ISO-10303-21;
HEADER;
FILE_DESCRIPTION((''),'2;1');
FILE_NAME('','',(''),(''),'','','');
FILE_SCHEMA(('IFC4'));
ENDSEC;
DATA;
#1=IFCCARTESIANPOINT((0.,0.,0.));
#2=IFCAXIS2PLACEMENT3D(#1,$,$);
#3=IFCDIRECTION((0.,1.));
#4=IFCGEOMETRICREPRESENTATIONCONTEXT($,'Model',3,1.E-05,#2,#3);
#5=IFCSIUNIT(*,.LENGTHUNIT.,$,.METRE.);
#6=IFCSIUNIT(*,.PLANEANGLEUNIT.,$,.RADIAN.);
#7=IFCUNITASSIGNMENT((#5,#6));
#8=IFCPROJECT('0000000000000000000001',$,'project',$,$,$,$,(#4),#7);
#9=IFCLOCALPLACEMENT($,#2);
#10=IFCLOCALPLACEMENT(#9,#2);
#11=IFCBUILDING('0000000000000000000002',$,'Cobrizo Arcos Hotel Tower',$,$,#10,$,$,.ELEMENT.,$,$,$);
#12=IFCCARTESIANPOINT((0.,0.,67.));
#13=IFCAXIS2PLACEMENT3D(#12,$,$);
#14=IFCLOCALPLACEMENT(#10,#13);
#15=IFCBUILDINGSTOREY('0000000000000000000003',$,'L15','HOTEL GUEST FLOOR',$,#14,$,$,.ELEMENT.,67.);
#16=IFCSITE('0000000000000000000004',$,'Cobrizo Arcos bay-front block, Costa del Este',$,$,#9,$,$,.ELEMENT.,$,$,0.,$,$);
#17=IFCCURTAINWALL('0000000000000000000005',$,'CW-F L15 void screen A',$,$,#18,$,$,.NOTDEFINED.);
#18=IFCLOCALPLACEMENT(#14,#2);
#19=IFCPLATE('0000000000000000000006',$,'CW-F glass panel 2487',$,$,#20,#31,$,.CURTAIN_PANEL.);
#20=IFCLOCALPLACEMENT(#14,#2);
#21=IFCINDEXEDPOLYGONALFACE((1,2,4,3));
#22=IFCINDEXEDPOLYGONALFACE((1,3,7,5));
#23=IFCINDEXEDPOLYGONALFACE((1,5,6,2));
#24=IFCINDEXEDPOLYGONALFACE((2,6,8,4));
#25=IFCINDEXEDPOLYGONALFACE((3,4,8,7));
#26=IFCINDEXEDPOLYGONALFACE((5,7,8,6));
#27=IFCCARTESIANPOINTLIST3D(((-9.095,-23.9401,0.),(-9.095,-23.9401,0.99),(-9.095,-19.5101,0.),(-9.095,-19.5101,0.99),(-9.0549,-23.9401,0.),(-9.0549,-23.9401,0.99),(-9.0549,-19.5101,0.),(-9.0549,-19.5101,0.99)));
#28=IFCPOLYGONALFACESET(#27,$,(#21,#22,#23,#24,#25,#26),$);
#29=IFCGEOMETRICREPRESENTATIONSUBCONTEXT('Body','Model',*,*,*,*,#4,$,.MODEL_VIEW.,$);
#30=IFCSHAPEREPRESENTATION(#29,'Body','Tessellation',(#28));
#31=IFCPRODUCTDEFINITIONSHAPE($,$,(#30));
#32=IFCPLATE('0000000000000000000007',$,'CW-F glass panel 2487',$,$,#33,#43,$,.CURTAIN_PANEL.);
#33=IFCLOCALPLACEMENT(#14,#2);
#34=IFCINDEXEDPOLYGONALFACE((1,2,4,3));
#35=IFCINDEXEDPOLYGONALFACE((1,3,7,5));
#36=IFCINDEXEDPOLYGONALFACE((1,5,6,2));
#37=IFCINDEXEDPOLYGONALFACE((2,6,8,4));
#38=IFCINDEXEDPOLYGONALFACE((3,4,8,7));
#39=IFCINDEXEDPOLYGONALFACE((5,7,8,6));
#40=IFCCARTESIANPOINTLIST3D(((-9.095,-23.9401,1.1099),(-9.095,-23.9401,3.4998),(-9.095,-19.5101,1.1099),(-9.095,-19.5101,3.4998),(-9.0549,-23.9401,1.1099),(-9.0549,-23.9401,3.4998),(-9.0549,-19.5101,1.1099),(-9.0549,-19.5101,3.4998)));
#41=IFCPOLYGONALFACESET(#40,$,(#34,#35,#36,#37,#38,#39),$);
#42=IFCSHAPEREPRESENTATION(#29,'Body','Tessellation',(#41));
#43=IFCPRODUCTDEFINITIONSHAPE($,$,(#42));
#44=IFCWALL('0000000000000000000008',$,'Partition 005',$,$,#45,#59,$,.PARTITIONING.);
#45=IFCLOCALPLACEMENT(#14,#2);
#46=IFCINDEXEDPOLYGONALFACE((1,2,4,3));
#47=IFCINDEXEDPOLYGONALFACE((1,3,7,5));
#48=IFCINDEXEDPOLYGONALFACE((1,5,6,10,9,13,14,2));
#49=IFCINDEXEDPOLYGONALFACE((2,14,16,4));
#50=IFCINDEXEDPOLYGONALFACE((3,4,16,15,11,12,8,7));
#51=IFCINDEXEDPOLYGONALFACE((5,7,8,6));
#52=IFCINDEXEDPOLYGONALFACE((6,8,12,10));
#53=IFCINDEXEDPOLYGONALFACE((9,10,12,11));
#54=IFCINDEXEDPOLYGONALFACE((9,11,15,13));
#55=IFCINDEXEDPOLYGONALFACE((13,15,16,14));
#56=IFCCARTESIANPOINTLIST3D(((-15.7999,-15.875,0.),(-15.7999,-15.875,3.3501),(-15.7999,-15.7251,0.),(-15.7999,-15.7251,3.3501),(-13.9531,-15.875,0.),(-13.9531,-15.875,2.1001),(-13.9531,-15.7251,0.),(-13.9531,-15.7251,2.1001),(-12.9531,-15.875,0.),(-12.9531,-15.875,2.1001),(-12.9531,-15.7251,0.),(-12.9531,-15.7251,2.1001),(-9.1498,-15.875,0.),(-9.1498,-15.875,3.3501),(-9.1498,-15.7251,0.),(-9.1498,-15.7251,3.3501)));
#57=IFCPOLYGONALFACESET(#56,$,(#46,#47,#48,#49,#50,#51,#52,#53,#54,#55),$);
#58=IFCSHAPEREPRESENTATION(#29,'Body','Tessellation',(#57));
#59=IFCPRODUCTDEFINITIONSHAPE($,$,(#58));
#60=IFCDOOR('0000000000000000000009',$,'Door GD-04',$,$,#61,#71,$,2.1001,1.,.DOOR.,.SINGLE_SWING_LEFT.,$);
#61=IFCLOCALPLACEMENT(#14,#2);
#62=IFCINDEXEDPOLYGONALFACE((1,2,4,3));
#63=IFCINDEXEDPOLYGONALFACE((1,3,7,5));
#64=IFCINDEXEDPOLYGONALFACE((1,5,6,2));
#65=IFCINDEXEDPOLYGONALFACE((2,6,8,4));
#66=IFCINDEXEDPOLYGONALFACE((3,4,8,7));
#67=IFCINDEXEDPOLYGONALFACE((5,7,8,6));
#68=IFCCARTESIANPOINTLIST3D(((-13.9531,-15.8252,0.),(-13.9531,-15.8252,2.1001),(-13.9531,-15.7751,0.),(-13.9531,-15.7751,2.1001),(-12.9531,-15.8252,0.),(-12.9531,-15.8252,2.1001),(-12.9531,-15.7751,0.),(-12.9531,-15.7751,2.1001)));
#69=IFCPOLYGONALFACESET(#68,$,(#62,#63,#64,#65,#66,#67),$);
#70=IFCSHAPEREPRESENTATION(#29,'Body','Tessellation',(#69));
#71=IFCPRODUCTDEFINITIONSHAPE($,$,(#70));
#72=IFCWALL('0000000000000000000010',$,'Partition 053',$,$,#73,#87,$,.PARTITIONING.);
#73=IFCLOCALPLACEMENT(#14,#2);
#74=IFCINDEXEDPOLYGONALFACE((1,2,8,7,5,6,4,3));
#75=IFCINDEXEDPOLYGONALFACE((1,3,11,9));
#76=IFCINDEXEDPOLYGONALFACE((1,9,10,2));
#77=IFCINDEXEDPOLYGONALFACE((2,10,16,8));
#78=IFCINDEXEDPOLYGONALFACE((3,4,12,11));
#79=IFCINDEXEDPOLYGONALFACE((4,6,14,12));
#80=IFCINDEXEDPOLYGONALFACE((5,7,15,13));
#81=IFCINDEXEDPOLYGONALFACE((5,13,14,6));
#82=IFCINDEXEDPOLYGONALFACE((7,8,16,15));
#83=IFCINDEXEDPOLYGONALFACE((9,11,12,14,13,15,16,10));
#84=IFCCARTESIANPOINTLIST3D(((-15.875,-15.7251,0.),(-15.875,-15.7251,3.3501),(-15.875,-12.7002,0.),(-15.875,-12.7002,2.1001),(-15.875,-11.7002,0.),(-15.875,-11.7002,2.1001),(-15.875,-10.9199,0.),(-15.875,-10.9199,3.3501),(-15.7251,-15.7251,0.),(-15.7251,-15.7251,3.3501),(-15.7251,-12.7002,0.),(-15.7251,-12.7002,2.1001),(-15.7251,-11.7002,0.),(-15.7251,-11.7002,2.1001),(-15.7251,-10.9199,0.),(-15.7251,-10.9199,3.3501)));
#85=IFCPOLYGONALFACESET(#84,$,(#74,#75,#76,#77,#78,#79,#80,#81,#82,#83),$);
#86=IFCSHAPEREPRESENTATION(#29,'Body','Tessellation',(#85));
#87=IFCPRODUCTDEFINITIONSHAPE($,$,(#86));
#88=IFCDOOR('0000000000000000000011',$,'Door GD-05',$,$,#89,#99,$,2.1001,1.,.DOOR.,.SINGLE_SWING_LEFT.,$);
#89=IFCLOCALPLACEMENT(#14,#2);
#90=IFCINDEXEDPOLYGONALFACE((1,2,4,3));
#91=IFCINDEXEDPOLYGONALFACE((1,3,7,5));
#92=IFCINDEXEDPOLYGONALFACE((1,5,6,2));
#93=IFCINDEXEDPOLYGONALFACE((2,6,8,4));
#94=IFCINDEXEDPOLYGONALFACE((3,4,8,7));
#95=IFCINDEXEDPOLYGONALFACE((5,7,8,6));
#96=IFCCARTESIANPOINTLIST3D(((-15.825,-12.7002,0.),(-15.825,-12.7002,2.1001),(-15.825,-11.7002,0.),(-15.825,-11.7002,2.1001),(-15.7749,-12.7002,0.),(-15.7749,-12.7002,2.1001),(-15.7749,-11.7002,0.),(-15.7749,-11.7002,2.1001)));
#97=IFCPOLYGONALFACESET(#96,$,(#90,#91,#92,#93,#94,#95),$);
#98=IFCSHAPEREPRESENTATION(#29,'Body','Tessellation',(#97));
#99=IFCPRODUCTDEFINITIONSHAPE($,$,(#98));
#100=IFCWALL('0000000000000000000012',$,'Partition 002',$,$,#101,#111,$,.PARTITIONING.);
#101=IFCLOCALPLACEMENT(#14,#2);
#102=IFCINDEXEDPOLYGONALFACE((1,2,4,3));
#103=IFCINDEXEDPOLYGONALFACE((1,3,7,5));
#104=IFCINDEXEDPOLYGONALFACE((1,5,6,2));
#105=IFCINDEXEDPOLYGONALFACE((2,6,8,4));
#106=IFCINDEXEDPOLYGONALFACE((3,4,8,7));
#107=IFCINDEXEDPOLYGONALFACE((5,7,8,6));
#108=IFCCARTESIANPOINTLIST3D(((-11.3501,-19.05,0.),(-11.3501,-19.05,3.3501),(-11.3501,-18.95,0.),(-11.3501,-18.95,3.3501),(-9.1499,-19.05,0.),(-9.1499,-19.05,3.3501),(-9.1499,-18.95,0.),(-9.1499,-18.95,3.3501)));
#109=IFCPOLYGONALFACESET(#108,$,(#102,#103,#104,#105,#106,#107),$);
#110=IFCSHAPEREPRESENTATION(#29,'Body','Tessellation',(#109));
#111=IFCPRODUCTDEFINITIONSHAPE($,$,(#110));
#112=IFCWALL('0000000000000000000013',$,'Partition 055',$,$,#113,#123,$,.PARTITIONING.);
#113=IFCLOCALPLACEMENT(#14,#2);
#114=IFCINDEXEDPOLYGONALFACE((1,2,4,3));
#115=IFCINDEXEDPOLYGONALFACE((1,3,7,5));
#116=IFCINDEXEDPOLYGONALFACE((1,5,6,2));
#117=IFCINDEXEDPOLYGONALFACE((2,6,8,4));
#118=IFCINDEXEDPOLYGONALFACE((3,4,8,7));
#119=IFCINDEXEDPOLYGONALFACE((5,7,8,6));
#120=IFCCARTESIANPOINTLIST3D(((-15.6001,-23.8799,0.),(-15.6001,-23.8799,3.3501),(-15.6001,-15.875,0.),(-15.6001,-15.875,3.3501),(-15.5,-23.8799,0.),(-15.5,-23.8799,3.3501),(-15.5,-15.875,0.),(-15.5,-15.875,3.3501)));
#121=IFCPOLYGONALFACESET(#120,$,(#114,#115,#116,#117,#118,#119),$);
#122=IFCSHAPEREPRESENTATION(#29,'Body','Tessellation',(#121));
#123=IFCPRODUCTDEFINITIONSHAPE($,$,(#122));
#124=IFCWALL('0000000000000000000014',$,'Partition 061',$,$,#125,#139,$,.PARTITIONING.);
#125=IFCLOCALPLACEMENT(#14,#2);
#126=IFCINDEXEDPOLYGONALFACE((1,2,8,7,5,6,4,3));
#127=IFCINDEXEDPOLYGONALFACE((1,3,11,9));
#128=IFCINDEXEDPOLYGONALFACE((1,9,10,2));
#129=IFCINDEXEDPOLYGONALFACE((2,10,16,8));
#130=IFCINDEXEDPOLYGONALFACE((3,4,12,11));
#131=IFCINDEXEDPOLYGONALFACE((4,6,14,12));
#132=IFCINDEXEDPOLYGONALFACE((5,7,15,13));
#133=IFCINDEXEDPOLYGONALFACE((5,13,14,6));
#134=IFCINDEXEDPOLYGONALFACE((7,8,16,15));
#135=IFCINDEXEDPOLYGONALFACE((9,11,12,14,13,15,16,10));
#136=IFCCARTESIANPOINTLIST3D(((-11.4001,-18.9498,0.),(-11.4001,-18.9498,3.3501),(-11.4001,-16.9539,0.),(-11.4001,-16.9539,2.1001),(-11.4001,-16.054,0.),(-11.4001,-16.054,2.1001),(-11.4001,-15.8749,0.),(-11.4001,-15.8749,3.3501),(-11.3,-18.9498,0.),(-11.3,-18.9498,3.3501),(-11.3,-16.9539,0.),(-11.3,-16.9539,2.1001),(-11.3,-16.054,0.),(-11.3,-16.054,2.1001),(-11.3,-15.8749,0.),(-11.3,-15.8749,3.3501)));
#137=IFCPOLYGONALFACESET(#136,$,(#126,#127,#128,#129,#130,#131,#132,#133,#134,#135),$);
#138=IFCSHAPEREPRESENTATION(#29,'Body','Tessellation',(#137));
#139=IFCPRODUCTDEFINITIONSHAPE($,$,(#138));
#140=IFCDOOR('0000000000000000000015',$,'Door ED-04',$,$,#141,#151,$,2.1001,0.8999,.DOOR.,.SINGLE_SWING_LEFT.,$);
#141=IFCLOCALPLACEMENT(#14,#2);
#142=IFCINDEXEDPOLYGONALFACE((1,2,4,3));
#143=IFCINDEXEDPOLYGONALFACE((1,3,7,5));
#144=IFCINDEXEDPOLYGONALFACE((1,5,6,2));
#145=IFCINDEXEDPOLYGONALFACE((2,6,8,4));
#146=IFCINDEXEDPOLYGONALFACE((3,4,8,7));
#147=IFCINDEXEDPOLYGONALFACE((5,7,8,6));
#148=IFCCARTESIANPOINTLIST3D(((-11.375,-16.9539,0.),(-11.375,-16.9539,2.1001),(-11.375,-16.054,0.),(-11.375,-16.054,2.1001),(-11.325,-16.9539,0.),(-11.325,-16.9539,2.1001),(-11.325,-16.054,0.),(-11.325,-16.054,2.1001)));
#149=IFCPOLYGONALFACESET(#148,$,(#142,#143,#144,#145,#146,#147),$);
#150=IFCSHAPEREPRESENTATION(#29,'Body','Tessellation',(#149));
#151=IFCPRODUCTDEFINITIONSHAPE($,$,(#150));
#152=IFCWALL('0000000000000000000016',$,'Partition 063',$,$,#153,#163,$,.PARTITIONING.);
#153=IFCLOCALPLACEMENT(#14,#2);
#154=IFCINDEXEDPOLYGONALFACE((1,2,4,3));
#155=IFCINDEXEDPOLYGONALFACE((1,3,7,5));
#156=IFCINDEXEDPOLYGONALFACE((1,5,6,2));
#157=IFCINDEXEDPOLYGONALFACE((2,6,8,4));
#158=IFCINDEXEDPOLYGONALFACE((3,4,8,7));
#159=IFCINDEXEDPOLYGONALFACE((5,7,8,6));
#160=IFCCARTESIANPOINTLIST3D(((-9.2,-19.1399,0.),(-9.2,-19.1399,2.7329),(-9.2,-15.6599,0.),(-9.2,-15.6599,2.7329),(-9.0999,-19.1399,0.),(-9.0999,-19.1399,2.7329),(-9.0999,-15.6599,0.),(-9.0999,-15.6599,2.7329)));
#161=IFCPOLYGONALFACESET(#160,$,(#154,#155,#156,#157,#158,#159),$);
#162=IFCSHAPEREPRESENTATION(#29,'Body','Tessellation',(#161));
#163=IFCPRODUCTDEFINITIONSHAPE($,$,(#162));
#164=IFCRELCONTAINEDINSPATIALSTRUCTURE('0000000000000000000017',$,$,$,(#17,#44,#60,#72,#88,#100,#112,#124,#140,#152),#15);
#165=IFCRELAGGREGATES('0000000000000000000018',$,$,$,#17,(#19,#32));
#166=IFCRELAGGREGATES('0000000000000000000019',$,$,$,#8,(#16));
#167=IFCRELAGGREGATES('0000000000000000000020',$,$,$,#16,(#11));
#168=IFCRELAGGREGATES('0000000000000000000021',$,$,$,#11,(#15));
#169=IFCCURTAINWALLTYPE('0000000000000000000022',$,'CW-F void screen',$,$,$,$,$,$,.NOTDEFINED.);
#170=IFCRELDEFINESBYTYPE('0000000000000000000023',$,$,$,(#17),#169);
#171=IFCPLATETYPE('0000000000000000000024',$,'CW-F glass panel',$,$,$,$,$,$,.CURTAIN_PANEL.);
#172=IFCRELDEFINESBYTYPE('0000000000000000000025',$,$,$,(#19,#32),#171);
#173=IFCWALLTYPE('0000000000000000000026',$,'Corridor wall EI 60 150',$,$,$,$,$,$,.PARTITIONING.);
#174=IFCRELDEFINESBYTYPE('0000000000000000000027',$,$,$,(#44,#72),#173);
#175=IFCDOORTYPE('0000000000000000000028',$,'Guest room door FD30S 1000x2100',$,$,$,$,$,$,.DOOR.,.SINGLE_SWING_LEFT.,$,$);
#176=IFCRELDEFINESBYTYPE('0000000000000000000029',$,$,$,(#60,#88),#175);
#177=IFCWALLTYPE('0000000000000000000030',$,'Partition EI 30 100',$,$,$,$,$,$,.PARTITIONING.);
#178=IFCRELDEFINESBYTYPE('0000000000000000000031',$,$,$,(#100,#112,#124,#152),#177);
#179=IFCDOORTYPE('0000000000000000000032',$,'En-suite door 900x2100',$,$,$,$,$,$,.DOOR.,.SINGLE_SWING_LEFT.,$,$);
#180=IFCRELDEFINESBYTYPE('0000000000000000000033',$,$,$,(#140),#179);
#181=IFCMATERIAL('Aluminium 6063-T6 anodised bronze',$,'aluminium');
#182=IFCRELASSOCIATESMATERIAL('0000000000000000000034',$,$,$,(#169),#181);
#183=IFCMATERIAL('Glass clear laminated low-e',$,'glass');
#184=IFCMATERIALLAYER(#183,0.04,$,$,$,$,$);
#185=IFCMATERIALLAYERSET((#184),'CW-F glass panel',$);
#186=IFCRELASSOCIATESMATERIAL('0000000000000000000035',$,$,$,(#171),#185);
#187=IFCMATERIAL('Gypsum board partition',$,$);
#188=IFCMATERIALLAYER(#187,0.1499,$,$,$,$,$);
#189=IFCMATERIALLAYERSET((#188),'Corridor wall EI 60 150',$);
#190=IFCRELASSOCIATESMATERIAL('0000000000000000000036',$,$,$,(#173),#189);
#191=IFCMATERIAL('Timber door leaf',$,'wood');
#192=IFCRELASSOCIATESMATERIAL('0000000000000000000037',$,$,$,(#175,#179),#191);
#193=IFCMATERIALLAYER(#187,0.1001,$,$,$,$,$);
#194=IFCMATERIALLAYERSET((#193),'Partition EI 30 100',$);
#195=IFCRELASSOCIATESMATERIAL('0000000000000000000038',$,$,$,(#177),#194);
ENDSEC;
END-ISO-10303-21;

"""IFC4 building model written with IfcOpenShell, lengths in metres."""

from ifc_helpers import new_model, si_unit, direction, frame, frame_2d, origin, origin_2d, place, context, subcontext, project, spatial, rectangle, extrude, material, layer, layer_set, type_object, element, fill, aggregate, save


model = new_model("IFC4")

# Units and contexts
model_context = context("Model", 3, precision=1e-05, world=origin(), true_north=direction((0.0, 1.0)))
body_context = subcontext(model_context, "Body", "Model", "MODEL_VIEW")
ifc_project = project(units=[si_unit("LENGTHUNIT", "METRE"), si_unit("PLANEANGLEUNIT", "RADIAN")], contexts=[model_context])

# Site, building, storey
site_placement = place(None, origin())
site = spatial("IfcSite", under=ifc_project, at=site_placement, Name="Cobrizo Arcos bay-front block, Costa del Este", CompositionType="ELEMENT", RefElevation=0.0)
building_placement = place(site_placement, origin())
building = spatial("IfcBuilding", under=site, at=building_placement, Name="Cobrizo Arcos Hotel Tower", CompositionType="ELEMENT")
storey_placement = place(building_placement, frame((0.0, 0.0, 67.0)))
storey = spatial("IfcBuildingStorey", under=building, at=storey_placement, Name="L15", Description="HOTEL GUEST FLOOR", CompositionType="ELEMENT", Elevation=67.0)

# Curtain wall
ifc_material_1 = material(Name="Aluminium 6063-T6 anodised bronze", Category="aluminium")
curtain_wall_type_1 = type_object("IfcCurtainWallType", Name="CW-F void screen", PredefinedType="NOTDEFINED", material=ifc_material_1)
curtain_wall_1_placement = place(storey_placement, origin())
curtain_wall_1 = element("IfcCurtainWall", 1, at=curtain_wall_1_placement, inside=storey, type_object=curtain_wall_type_1, Name="CW-F L15 void screen A", PredefinedType="NOTDEFINED")

# Plates
ifc_material_2 = material(Name="Glass clear laminated low-e", Category="glass")
ifc_layer_1 = layer(ifc_material_2, 0.04)
ifc_layer_set_1 = layer_set([ifc_layer_1], Name="CW-F glass panel")
plate_type_1 = type_object("IfcPlateType", Name="CW-F glass panel", PredefinedType="CURTAIN_PANEL", material=ifc_layer_set_1)
plate_1_placement = place(storey_placement, frame((-9.075, -21.7251, 0.0), z_axis=(0.0, 0.0, 1.0), x_axis=(0.0, -1.0, 0.0)))
plate_1 = element("IfcPlate", 2, at=plate_1_placement, type_object=plate_type_1, Name="CW-F glass panel 2487", PredefinedType="CURTAIN_PANEL", context=body_context, shape_type="SweptSolid", body=[
    extrude(rectangle(XDim=4.4299, YDim=0.04, at=origin_2d()), origin(), (0.0, 0.0, 1.0), 0.99),
])
plate_2_placement = place(storey_placement, frame((-9.075, -21.7251, 1.1099), z_axis=(0.0, 0.0, 1.0), x_axis=(0.0, -1.0, 0.0)))
plate_2 = element("IfcPlate", 3, at=plate_2_placement, type_object=plate_type_1, Name="CW-F glass panel 2487", PredefinedType="CURTAIN_PANEL", context=body_context, shape_type="SweptSolid", body=[
    extrude(rectangle(XDim=4.4299, YDim=0.04, at=origin_2d()), origin(), (0.0, 0.0, 1.0), 2.3899),
])
aggregate(curtain_wall_1, [plate_1, plate_2])

# Walls, openings, doors
ifc_material_3 = material(Name="Gypsum board partition")
ifc_layer_2 = layer(ifc_material_3, 0.1499)
ifc_layer_set_2 = layer_set([ifc_layer_2], Name="Corridor wall EI 60 150")
wall_type_1 = type_object("IfcWallType", Name="Corridor wall EI 60 150", PredefinedType="PARTITIONING", material=ifc_layer_set_2)
wall_1_placement = place(storey_placement, frame((-15.8, -15.8, 0.0), z_axis=(0.0, 0.0, 1.0), x_axis=(1.0, 0.0, 0.0)))
wall_1 = element("IfcWall", 4, at=wall_1_placement, inside=storey, type_object=wall_type_1, Name="Partition 005", PredefinedType="PARTITIONING", context=body_context, shape_type="SweptSolid", body=[
    extrude(rectangle(XDim=6.6501, YDim=0.1499, at=frame_2d((3.3252, 0.0))), origin(), (0.0, 0.0, 1.0), 3.3501),
])
opening_1_placement = place(wall_1_placement, frame((1.8469, 0.0, 0.0)))
opening_1 = element("IfcOpeningElement", 5, at=opening_1_placement, cuts=wall_1, PredefinedType="OPENING", context=body_context, shape_type="SweptSolid", body=[
    extrude(rectangle(XDim=1.0, YDim=2.1001, at=frame_2d((0.5, 1.05))), frame((0.0, 0.0869, 0.0), z_axis=(0.0, -1.0, 0.0), x_axis=(1.0, 0.0, 0.0)), (0.0, 0.0, 1.0), 0.1738),
])
ifc_material_4 = material(Name="Timber door leaf", Category="wood")
door_type_1 = type_object("IfcDoorType", Name="Guest room door FD30S 1000x2100", OperationType="SINGLE_SWING_LEFT", PredefinedType="DOOR", material=ifc_material_4)
door_1_placement = place(opening_1_placement, origin())
door_1 = element("IfcDoor", 6, at=door_1_placement, inside=storey, type_object=door_type_1, Name="Door GD-04", OperationType="SINGLE_SWING_LEFT", OverallHeight=2.1001, OverallWidth=1.0, PredefinedType="DOOR", context=body_context, shape_type="SweptSolid", body=[
    extrude(rectangle(XDim=1.0, YDim=2.1001, at=frame_2d((0.5, 1.05))), frame((0.0, 0.0249, 0.0), z_axis=(0.0, -1.0, 0.0), x_axis=(1.0, 0.0, 0.0)), (0.0, 0.0, 1.0), 0.05),
])
fill(opening_1, door_1)
wall_2_placement = place(storey_placement, frame((-15.8, -15.7251, 0.0), z_axis=(0.0, 0.0, 1.0), x_axis=(0.0, 1.0, 0.0)))
wall_2 = element("IfcWall", 7, at=wall_2_placement, inside=storey, type_object=wall_type_1, Name="Partition 053", PredefinedType="PARTITIONING", context=body_context, shape_type="SweptSolid", body=[
    extrude(rectangle(XDim=4.8052, YDim=0.1499, at=frame_2d((2.4026, 0.0))), origin(), (0.0, 0.0, 1.0), 3.3501),
])
opening_2_placement = place(wall_2_placement, frame((3.0249, 0.0, 0.0)))
opening_2 = element("IfcOpeningElement", 8, at=opening_2_placement, cuts=wall_2, PredefinedType="OPENING", context=body_context, shape_type="SweptSolid", body=[
    extrude(rectangle(XDim=1.0, YDim=2.1001, at=frame_2d((0.5, 1.05))), frame((0.0, 0.0869, 0.0), z_axis=(0.0, -1.0, 0.0), x_axis=(1.0, 0.0, 0.0)), (0.0, 0.0, 1.0), 0.1738),
])
door_2_placement = place(opening_2_placement, origin())
door_2 = element("IfcDoor", 9, at=door_2_placement, inside=storey, type_object=door_type_1, Name="Door GD-05", OperationType="SINGLE_SWING_LEFT", OverallHeight=2.1001, OverallWidth=1.0, PredefinedType="DOOR", context=body_context, shape_type="SweptSolid", body=[
    extrude(rectangle(XDim=1.0, YDim=2.1001, at=frame_2d((0.5, 1.05))), frame((0.0, 0.0249, 0.0), z_axis=(0.0, -1.0, 0.0), x_axis=(1.0, 0.0, 0.0)), (0.0, 0.0, 1.0), 0.05),
])
fill(opening_2, door_2)

# Walls
ifc_layer_3 = layer(ifc_material_3, 0.1001)
ifc_layer_set_3 = layer_set([ifc_layer_3], Name="Partition EI 30 100")
wall_type_2 = type_object("IfcWallType", Name="Partition EI 30 100", PredefinedType="PARTITIONING", material=ifc_layer_set_3)
wall_3_placement = place(storey_placement, frame((-11.3501, -19.0, 0.0), z_axis=(0.0, 0.0, 1.0), x_axis=(1.0, 0.0, 0.0)))
element("IfcWall", 10, at=wall_3_placement, inside=storey, type_object=wall_type_2, Name="Partition 002", PredefinedType="PARTITIONING", context=body_context, shape_type="SweptSolid", body=[
    extrude(rectangle(XDim=2.2002, YDim=0.1001, at=frame_2d((1.1001, 0.0))), origin(), (0.0, 0.0, 1.0), 3.3501),
])
wall_4_placement = place(storey_placement, frame((-15.55, -23.8799, 0.0), z_axis=(0.0, 0.0, 1.0), x_axis=(0.0, 1.0, 0.0)))
element("IfcWall", 11, at=wall_4_placement, inside=storey, type_object=wall_type_2, Name="Partition 055", PredefinedType="PARTITIONING", context=body_context, shape_type="SweptSolid", body=[
    extrude(rectangle(XDim=8.0049, YDim=0.1001, at=frame_2d((4.0024, 0.0))), origin(), (0.0, 0.0, 1.0), 3.3501),
])

# Wall, opening, door
wall_5_placement = place(storey_placement, frame((-11.3501, -18.95, 0.0), z_axis=(0.0, 0.0, 1.0), x_axis=(0.0, 1.0, 0.0)))
wall_5 = element("IfcWall", 12, at=wall_5_placement, inside=storey, type_object=wall_type_2, Name="Partition 061", PredefinedType="PARTITIONING", context=body_context, shape_type="SweptSolid", body=[
    extrude(rectangle(XDim=3.075, YDim=0.1001, at=frame_2d((1.5376, 0.0))), origin(), (0.0, 0.0, 1.0), 3.3501),
])
opening_3_placement = place(wall_5_placement, frame((1.9961, 0.0, 0.0)))
opening_3 = element("IfcOpeningElement", 13, at=opening_3_placement, cuts=wall_5, PredefinedType="OPENING", context=body_context, shape_type="SweptSolid", body=[
    extrude(rectangle(XDim=0.8999, YDim=2.1001, at=frame_2d((0.45, 1.05))), frame((0.0, 0.062, 0.0), z_axis=(0.0, -1.0, 0.0), x_axis=(1.0, 0.0, 0.0)), (0.0, 0.0, 1.0), 0.124),
])
door_type_2 = type_object("IfcDoorType", Name="En-suite door 900x2100", OperationType="SINGLE_SWING_LEFT", PredefinedType="DOOR", material=ifc_material_4)
door_3_placement = place(opening_3_placement, origin())
door_3 = element("IfcDoor", 14, at=door_3_placement, inside=storey, type_object=door_type_2, Name="Door ED-04", OperationType="SINGLE_SWING_LEFT", OverallHeight=2.1001, OverallWidth=0.8999, PredefinedType="DOOR", context=body_context, shape_type="SweptSolid", body=[
    extrude(rectangle(XDim=0.8999, YDim=2.1001, at=frame_2d((0.45, 1.05))), frame((0.0, 0.0249, 0.0), z_axis=(0.0, -1.0, 0.0), x_axis=(1.0, 0.0, 0.0)), (0.0, 0.0, 1.0), 0.05),
])
fill(opening_3, door_3)

# Wall
wall_6_placement = place(storey_placement, frame((-9.1499, -19.1399, 0.0), z_axis=(0.0, 0.0, 1.0), x_axis=(0.0, 1.0, 0.0)))
element("IfcWall", 15, at=wall_6_placement, inside=storey, type_object=wall_type_2, Name="Partition 063", PredefinedType="PARTITIONING", context=body_context, shape_type="SweptSolid", body=[
    extrude(rectangle(XDim=3.48, YDim=0.1001, at=frame_2d((1.74, 0.0))), origin(), (0.0, 0.0, 1.0), 2.7329),
])

save(model, "model.ifc")
